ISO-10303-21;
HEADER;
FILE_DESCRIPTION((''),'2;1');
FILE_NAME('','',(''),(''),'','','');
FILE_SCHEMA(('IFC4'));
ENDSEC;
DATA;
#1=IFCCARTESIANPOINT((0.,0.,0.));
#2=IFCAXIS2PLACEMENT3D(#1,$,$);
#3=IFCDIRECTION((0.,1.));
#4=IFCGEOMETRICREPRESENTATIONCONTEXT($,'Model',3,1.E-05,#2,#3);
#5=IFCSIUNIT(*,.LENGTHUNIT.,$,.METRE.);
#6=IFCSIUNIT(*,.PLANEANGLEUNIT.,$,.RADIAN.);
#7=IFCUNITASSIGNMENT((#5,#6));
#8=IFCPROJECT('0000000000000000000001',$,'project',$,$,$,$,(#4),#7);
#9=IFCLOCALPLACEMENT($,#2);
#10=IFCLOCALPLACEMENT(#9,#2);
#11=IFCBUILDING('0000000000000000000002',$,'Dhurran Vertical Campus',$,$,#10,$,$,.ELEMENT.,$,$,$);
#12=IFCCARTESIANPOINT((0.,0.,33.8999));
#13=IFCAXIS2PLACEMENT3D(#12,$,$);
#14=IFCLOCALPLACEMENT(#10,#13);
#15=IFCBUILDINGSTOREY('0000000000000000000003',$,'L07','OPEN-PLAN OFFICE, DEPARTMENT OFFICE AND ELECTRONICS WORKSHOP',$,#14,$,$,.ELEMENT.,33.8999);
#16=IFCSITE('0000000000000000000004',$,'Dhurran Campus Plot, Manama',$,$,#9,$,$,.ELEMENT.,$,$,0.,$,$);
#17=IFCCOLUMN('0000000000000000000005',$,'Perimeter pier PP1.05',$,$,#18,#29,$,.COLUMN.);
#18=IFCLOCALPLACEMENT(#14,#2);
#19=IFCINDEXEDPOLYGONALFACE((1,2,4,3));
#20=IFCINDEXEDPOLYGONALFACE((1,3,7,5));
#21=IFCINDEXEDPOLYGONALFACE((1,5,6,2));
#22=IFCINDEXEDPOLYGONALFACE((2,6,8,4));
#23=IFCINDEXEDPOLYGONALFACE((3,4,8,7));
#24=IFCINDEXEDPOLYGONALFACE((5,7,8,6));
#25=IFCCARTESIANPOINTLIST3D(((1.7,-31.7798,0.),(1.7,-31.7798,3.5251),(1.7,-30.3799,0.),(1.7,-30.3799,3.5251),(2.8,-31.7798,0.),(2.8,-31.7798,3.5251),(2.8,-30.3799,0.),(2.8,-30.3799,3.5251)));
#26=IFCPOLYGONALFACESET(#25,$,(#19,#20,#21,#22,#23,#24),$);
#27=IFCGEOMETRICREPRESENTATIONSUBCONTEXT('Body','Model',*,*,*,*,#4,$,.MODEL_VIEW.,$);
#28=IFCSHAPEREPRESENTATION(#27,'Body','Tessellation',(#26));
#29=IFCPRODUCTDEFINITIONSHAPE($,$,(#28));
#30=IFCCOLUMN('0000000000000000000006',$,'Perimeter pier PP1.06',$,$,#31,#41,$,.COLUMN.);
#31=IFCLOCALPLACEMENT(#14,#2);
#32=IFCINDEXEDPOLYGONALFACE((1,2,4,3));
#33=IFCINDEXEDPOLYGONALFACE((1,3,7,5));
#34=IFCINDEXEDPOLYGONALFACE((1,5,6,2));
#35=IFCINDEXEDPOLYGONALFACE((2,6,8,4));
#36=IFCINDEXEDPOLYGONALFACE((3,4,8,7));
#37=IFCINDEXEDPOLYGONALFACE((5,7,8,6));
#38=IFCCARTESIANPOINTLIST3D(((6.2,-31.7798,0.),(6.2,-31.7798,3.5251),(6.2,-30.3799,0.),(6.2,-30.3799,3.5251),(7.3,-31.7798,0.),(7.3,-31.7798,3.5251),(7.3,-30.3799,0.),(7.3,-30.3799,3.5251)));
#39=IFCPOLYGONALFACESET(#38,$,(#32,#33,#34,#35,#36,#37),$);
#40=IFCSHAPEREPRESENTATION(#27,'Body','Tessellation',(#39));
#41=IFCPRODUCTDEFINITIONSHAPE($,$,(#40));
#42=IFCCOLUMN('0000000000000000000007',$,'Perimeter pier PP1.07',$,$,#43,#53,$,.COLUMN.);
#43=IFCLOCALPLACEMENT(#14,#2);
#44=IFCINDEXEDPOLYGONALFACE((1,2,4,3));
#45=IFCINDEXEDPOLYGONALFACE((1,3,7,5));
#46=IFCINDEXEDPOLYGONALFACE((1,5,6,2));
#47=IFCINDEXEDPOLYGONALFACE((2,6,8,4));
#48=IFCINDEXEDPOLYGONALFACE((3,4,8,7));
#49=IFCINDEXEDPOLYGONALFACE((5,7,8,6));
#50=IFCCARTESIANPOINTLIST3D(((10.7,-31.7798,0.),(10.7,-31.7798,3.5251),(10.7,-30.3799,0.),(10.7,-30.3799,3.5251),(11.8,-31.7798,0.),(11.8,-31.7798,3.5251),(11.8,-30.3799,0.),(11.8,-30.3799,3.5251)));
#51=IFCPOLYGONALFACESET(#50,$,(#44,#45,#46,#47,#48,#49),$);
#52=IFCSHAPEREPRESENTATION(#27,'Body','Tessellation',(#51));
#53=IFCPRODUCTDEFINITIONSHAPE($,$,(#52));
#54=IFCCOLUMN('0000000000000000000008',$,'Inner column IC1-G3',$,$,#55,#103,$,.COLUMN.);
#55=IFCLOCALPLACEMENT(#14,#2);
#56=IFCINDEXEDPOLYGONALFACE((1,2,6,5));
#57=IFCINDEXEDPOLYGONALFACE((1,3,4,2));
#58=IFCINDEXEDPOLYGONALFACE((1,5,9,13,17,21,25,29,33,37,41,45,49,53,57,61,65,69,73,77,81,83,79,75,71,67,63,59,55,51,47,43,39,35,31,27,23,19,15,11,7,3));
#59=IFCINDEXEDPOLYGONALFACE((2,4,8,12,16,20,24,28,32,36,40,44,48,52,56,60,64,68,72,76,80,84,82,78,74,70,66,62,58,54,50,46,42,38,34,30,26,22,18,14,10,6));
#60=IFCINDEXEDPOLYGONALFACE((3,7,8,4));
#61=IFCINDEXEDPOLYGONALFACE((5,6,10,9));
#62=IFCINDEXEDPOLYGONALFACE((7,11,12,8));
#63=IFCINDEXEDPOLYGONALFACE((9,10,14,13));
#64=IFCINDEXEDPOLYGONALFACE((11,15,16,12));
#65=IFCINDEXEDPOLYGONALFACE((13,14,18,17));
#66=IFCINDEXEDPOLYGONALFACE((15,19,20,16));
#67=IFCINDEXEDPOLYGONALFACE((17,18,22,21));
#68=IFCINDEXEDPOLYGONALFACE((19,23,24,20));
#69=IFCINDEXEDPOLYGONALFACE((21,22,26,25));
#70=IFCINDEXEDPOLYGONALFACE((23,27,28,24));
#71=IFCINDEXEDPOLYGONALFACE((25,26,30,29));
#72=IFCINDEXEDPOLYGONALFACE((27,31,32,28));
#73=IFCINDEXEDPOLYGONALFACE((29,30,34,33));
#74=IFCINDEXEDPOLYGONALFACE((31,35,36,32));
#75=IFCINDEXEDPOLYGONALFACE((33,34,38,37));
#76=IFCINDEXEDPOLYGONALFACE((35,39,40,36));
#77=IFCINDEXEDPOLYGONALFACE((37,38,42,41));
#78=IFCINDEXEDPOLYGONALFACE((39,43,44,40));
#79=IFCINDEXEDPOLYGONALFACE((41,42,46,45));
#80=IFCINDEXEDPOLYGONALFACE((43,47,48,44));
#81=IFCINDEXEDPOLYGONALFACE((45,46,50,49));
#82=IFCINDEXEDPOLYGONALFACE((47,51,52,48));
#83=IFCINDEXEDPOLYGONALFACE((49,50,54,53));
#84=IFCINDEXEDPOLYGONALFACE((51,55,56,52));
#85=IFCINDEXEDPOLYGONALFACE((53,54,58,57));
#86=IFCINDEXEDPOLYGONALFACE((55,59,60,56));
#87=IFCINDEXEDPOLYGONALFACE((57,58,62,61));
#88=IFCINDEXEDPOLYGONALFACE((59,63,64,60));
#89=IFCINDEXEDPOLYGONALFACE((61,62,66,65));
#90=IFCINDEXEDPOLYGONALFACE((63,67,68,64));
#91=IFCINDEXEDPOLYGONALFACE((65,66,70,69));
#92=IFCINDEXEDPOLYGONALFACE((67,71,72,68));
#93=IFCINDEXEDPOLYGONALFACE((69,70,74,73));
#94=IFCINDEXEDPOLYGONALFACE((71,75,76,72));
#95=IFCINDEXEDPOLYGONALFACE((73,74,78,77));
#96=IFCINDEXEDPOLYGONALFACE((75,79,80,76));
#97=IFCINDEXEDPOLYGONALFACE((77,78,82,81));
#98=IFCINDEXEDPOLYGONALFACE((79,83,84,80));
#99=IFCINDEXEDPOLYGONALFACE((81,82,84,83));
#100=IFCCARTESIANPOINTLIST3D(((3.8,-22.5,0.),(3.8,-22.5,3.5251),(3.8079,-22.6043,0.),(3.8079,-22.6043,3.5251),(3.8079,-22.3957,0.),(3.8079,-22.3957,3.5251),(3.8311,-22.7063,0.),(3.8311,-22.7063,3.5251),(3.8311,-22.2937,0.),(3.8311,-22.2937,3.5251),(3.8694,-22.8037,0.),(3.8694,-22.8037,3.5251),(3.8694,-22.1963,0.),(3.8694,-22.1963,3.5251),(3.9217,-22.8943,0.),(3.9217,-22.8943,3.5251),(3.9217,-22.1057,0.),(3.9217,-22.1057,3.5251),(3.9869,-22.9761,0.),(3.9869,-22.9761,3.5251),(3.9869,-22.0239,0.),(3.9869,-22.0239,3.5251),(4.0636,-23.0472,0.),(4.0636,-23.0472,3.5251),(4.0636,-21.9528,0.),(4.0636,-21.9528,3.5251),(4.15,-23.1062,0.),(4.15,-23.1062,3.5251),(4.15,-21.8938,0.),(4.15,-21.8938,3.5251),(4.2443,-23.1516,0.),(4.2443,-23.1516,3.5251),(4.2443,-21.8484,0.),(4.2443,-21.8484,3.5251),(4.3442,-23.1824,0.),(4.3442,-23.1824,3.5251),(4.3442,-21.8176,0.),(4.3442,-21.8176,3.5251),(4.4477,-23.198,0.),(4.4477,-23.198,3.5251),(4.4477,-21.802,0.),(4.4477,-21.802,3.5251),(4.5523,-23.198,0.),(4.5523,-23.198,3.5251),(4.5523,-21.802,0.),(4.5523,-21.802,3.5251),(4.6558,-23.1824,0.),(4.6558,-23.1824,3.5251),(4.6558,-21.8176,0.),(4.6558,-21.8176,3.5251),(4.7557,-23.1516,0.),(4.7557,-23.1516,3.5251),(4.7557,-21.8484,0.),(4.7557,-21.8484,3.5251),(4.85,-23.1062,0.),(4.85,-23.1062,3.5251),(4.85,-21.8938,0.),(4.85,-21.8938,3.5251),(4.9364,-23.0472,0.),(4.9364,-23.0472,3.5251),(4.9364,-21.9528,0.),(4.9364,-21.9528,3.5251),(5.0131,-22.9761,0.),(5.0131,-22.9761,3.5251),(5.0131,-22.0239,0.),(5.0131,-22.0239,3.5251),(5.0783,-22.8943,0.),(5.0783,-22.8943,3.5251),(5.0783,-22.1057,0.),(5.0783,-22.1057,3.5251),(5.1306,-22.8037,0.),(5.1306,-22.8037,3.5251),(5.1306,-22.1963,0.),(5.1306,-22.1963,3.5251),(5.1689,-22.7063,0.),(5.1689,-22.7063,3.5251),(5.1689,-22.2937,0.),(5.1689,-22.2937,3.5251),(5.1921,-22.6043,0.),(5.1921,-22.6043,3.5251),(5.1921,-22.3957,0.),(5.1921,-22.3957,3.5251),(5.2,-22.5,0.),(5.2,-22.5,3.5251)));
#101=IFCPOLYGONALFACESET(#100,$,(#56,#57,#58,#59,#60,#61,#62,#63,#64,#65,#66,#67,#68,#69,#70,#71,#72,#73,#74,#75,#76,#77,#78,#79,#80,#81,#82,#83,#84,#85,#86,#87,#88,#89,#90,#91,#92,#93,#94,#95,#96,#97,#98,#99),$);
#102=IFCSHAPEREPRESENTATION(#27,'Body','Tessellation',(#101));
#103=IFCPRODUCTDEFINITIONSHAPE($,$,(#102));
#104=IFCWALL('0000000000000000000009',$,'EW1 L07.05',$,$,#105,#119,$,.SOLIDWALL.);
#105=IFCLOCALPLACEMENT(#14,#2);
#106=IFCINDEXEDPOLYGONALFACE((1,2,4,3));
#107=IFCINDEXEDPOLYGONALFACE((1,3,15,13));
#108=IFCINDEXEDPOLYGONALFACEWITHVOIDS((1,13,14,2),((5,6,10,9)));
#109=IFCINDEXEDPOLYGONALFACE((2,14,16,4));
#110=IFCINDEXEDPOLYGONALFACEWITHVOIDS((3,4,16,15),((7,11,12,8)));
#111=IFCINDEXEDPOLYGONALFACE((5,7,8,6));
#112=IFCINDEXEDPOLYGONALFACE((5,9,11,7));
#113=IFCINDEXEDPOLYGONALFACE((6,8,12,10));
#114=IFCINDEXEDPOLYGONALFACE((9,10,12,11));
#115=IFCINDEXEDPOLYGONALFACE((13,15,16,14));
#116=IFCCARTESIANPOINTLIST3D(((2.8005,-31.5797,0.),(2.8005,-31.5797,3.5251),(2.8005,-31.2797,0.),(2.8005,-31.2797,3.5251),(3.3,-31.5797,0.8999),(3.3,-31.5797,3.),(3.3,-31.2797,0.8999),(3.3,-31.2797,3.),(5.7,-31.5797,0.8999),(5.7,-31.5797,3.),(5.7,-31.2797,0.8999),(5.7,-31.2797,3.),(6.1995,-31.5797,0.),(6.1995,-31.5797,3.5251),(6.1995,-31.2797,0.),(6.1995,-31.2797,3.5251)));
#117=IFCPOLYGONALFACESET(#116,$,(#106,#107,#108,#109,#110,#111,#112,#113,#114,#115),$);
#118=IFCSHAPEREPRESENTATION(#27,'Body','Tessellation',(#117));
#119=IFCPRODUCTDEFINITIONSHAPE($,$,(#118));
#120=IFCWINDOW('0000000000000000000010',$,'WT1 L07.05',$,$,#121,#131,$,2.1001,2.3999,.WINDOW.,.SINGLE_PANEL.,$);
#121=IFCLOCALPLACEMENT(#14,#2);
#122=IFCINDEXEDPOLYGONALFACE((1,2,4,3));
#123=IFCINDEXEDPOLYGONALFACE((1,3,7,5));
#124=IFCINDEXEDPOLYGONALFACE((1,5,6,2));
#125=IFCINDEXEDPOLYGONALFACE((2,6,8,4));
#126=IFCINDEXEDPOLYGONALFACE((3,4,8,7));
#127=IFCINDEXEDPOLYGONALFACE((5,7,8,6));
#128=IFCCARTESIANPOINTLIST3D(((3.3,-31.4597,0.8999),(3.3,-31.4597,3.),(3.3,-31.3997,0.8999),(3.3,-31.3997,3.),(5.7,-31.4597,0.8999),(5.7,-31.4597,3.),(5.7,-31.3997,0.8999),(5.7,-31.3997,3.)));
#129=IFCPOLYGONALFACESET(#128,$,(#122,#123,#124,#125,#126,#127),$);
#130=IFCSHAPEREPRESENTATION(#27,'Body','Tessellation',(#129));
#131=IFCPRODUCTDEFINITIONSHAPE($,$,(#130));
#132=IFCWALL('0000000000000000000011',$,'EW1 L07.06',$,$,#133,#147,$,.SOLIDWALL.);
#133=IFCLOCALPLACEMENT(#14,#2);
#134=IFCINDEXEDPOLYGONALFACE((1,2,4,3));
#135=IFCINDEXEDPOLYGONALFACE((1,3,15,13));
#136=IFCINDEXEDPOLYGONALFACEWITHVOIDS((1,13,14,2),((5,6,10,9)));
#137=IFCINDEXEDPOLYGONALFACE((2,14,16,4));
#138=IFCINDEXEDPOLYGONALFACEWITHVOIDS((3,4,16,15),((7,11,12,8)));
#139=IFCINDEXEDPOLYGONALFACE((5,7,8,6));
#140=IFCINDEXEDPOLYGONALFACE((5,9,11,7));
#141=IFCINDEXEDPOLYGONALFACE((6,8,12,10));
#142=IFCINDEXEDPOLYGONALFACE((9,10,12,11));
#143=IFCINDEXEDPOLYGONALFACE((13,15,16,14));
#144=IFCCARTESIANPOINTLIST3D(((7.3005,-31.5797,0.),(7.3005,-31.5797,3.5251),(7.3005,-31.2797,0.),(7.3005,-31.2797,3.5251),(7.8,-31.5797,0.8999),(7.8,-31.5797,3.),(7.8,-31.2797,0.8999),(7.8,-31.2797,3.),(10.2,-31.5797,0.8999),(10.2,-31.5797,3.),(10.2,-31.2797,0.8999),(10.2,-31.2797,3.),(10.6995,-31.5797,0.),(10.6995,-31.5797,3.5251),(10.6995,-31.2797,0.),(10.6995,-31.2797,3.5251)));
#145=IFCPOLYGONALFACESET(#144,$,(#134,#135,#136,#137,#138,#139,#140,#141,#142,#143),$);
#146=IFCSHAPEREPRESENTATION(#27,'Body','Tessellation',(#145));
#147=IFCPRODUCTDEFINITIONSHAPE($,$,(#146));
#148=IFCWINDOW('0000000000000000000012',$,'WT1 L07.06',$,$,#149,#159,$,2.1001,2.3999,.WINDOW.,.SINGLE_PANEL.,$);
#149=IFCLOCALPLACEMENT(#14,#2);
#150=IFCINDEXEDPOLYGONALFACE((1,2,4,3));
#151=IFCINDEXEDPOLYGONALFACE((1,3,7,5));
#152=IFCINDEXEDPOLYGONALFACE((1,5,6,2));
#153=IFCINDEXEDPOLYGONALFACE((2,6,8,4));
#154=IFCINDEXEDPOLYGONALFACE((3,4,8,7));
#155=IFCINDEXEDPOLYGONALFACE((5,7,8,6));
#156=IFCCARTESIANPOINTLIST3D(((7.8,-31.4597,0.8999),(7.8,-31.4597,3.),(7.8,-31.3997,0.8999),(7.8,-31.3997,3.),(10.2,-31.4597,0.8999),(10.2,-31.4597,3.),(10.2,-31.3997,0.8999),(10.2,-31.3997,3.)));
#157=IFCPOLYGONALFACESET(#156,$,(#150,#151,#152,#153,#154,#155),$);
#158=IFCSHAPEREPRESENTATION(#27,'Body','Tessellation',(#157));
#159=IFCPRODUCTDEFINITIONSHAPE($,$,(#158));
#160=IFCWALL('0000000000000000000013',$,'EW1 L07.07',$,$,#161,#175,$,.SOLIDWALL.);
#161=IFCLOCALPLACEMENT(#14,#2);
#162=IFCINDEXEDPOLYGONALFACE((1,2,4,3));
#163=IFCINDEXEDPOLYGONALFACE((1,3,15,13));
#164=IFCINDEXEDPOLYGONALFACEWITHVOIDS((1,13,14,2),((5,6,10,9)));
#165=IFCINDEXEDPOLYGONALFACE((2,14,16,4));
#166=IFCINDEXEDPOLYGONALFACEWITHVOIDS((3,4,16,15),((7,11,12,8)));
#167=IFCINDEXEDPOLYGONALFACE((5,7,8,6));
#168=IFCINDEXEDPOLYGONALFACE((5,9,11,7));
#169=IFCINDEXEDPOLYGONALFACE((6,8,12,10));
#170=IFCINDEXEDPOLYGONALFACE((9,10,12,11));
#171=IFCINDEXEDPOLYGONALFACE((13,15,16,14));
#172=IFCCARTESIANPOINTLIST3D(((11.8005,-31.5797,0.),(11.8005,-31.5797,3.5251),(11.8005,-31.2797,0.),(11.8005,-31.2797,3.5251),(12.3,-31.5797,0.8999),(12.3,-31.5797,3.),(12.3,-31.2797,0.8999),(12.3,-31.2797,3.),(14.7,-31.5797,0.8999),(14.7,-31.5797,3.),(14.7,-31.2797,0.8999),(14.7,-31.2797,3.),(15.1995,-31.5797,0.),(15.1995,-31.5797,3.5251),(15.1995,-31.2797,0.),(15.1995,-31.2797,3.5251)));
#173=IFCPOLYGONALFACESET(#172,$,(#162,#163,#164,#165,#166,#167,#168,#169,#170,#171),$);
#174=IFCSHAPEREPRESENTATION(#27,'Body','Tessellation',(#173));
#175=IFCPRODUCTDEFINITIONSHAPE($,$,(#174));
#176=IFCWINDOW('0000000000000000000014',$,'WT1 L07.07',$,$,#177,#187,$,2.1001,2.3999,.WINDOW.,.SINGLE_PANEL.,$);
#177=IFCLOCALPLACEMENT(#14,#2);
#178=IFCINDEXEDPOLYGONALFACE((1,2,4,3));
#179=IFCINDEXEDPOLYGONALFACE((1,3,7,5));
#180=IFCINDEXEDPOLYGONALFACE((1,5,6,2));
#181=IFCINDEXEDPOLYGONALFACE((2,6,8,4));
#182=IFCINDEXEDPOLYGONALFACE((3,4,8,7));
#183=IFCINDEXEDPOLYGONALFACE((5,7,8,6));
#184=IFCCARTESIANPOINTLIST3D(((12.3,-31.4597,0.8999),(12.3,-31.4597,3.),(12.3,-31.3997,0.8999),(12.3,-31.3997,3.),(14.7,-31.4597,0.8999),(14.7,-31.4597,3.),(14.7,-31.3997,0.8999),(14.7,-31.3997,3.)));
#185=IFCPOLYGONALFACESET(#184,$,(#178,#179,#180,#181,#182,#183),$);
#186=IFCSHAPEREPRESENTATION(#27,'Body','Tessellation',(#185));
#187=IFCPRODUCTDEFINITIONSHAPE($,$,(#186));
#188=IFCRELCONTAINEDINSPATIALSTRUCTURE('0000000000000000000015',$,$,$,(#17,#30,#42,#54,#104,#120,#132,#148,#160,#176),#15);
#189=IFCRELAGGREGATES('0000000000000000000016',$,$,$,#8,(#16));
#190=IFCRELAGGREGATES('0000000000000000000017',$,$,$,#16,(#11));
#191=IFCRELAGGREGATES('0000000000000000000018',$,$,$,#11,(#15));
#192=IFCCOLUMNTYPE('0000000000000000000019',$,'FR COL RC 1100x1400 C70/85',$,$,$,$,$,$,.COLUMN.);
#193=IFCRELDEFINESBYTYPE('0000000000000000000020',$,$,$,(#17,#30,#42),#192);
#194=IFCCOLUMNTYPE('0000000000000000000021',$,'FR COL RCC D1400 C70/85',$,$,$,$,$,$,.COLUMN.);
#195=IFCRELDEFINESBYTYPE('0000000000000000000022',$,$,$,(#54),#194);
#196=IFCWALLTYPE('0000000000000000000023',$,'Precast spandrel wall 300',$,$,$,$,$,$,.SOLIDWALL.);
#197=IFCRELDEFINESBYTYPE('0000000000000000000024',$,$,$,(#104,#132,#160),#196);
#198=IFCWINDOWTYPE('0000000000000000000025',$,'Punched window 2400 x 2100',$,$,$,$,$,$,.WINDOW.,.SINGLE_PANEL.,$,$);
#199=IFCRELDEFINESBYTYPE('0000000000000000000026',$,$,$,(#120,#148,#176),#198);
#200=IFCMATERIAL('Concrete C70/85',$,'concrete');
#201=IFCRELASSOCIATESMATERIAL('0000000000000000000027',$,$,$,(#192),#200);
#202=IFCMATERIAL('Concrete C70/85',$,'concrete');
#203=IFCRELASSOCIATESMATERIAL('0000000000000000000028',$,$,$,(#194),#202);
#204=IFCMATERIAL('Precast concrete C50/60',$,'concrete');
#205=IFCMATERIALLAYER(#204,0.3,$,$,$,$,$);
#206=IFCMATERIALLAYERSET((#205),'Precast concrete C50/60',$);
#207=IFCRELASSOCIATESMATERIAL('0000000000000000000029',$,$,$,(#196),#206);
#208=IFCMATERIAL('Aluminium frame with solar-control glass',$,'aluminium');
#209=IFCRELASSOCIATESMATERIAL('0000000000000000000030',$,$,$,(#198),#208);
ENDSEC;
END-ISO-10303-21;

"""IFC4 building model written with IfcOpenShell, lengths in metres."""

from ifc_helpers import new_model, si_unit, direction, frame, frame_2d, origin, origin_2d, place, context, subcontext, project, spatial, rectangle, circle, extrude, material, layer, layer_set, material_profile, profile_set, type_object, element, fill, save


model = new_model("IFC4")

# Units and contexts
model_context = context("Model", 3, precision=1e-05, world=origin(), true_north=direction((0.0, 1.0)))
body_context = subcontext(model_context, "Body", "Model", "MODEL_VIEW")
ifc_project = project(units=[si_unit("LENGTHUNIT", "METRE"), si_unit("PLANEANGLEUNIT", "RADIAN")], contexts=[model_context])

# Site, building, storey
site_placement = place(None, origin())
site = spatial("IfcSite", under=ifc_project, at=site_placement, Name="Dhurran Campus Plot, Manama", CompositionType="ELEMENT", RefElevation=0.0)
building_placement = place(site_placement, origin())
building = spatial("IfcBuilding", under=site, at=building_placement, Name="Dhurran Vertical Campus", CompositionType="ELEMENT")
storey_placement = place(building_placement, frame((0.0, 0.0, 33.8999)))
storey = spatial("IfcBuildingStorey", under=building, at=storey_placement, Name="L07", Description="OPEN-PLAN OFFICE, DEPARTMENT OFFICE AND ELECTRONICS WORKSHOP", CompositionType="ELEMENT", Elevation=33.8999)

# Columns
ifc_material_1 = material(Name="Concrete C70/85", Category="concrete")
ifc_material_profile_1 = material_profile(ifc_material_1, rectangle(XDim=1.1001, YDim=1.3999, at=origin_2d()), Name="RC 1100x1400")
ifc_profile_set_1 = profile_set([ifc_material_profile_1], Name="Concrete C70/85")
column_type_1 = type_object("IfcColumnType", Name="FR COL RC 1100x1400 C70/85", PredefinedType="COLUMN", material=ifc_profile_set_1)
for number, where, z_axis, x_axis, name in (
    (1, (2.25, -31.0798, 0.0), (0.0, 0.0, 1.0), (1.0, 0.0, 0.0), "Perimeter pier PP1.05"),
    (2, (6.75, -31.0798, 0.0), (0.0, 0.0, 1.0), (1.0, 0.0, 0.0), "Perimeter pier PP1.06"),
    (3, (11.25, -31.0798, 0.0), (0.0, 0.0, 1.0), (1.0, 0.0, 0.0), "Perimeter pier PP1.07"),
):
    element("IfcColumn", number, at=place(storey_placement, frame(where, z_axis=z_axis, x_axis=x_axis)), inside=storey, type_object=column_type_1, Name=name, PredefinedType="COLUMN", context=body_context, shape_type="SweptSolid", body=[
        extrude(rectangle(XDim=1.1001, YDim=1.3999, at=origin_2d()), origin(), (0.0, 0.0, 1.0), 3.5251),
    ])
ifc_material_2 = material(Name="Concrete C70/85", Category="concrete")
ifc_material_profile_2 = material_profile(ifc_material_2, circle(Radius=0.7, at=origin_2d()), Name="RCC D1400")
ifc_profile_set_2 = profile_set([ifc_material_profile_2], Name="Concrete C70/85")
column_type_2 = type_object("IfcColumnType", Name="FR COL RCC D1400 C70/85", PredefinedType="COLUMN", material=ifc_profile_set_2)
column_placement = place(storey_placement, frame((4.5, -22.5, 0.0), z_axis=(0.0, 0.0, 1.0), x_axis=(1.0, 0.0, 0.0)))
element("IfcColumn", 4, at=column_placement, inside=storey, type_object=column_type_2, Name="Inner column IC1-G3", PredefinedType="COLUMN", context=body_context, shape_type="SweptSolid", body=[
    extrude(circle(Radius=0.7, at=origin_2d()), origin(), (0.0, 0.0, 1.0), 3.5251),
])

# Walls, openings, windows
ifc_material_3 = material(Name="Precast concrete C50/60", Category="concrete")
ifc_layer_1 = layer(ifc_material_3, 0.3)
ifc_layer_set_1 = layer_set([ifc_layer_1], Name="Precast concrete C50/60")
wall_type_1 = type_object("IfcWallType", Name="Precast spandrel wall 300", PredefinedType="SOLIDWALL", material=ifc_layer_set_1)
wall_1_placement = place(storey_placement, frame((2.8005, -31.4297, 0.0), z_axis=(0.0, 0.0, 1.0), x_axis=(1.0, 0.0, 0.0)))
wall_1 = element("IfcWall", 5, at=wall_1_placement, inside=storey, type_object=wall_type_1, Name="EW1 L07.05", PredefinedType="SOLIDWALL", context=body_context, shape_type="SweptSolid", body=[
    extrude(rectangle(XDim=3.3989, YDim=0.3, at=frame_2d((1.6995, 0.0))), origin(), (0.0, 0.0, 1.0), 3.5251),
])
opening_1_placement = place(wall_1_placement, frame((0.4995, 0.0, 0.8999)))
opening_1 = element("IfcOpeningElement", 6, at=opening_1_placement, cuts=wall_1, PredefinedType="OPENING", context=body_context, shape_type="SweptSolid", body=[
    extrude(rectangle(XDim=2.3999, YDim=2.1001, at=frame_2d((1.2, 1.05))), frame((0.0, 0.1599, 0.0), z_axis=(0.0, -1.0, 0.0), x_axis=(1.0, 0.0, 0.0)), (0.0, 0.0, 1.0), 0.3201),
])
ifc_material_4 = material(Name="Aluminium frame with solar-control glass", Category="aluminium")
window_type = type_object("IfcWindowType", Name="Punched window 2400 x 2100", PartitioningType="SINGLE_PANEL", PredefinedType="WINDOW", material=ifc_material_4)
window_1_placement = place(opening_1_placement, origin())
window_1 = element("IfcWindow", 7, at=window_1_placement, inside=storey, type_object=window_type, Name="WT1 L07.05", OverallHeight=2.1001, OverallWidth=2.3999, PartitioningType="SINGLE_PANEL", PredefinedType="WINDOW", context=body_context, shape_type="SweptSolid", body=[
    extrude(rectangle(XDim=2.3999, YDim=2.1001, at=frame_2d((1.2, 1.05))), frame((0.0, 0.03, 0.0), z_axis=(0.0, -1.0, 0.0), x_axis=(1.0, 0.0, 0.0)), (0.0, 0.0, 1.0), 0.0601),
])
fill(opening_1, window_1)
wall_2_placement = place(storey_placement, frame((7.3005, -31.4297, 0.0), z_axis=(0.0, 0.0, 1.0), x_axis=(1.0, 0.0, 0.0)))
wall_2 = element("IfcWall", 8, at=wall_2_placement, inside=storey, type_object=wall_type_1, Name="EW1 L07.06", PredefinedType="SOLIDWALL", context=body_context, shape_type="SweptSolid", body=[
    extrude(rectangle(XDim=3.3989, YDim=0.3, at=frame_2d((1.6995, 0.0))), origin(), (0.0, 0.0, 1.0), 3.5251),
])
opening_2_placement = place(wall_2_placement, frame((0.4995, 0.0, 0.8999)))
opening_2 = element("IfcOpeningElement", 9, at=opening_2_placement, cuts=wall_2, PredefinedType="OPENING", context=body_context, shape_type="SweptSolid", body=[
    extrude(rectangle(XDim=2.3999, YDim=2.1001, at=frame_2d((1.2, 1.05))), frame((0.0, 0.1599, 0.0), z_axis=(0.0, -1.0, 0.0), x_axis=(1.0, 0.0, 0.0)), (0.0, 0.0, 1.0), 0.3201),
])
window_2_placement = place(opening_2_placement, origin())
window_2 = element("IfcWindow", 10, at=window_2_placement, inside=storey, type_object=window_type, Name="WT1 L07.06", OverallHeight=2.1001, OverallWidth=2.3999, PartitioningType="SINGLE_PANEL", PredefinedType="WINDOW", context=body_context, shape_type="SweptSolid", body=[
    extrude(rectangle(XDim=2.3999, YDim=2.1001, at=frame_2d((1.2, 1.05))), frame((0.0, 0.03, 0.0), z_axis=(0.0, -1.0, 0.0), x_axis=(1.0, 0.0, 0.0)), (0.0, 0.0, 1.0), 0.0601),
])
fill(opening_2, window_2)
wall_3_placement = place(storey_placement, frame((11.8005, -31.4297, 0.0), z_axis=(0.0, 0.0, 1.0), x_axis=(1.0, 0.0, 0.0)))
wall_3 = element("IfcWall", 11, at=wall_3_placement, inside=storey, type_object=wall_type_1, Name="EW1 L07.07", PredefinedType="SOLIDWALL", context=body_context, shape_type="SweptSolid", body=[
    extrude(rectangle(XDim=3.3989, YDim=0.3, at=frame_2d((1.6995, 0.0))), origin(), (0.0, 0.0, 1.0), 3.5251),
])
opening_3_placement = place(wall_3_placement, frame((0.4995, 0.0, 0.8999)))
opening_3 = element("IfcOpeningElement", 12, at=opening_3_placement, cuts=wall_3, PredefinedType="OPENING", context=body_context, shape_type="SweptSolid", body=[
    extrude(rectangle(XDim=2.3999, YDim=2.1001, at=frame_2d((1.2, 1.05))), frame((0.0, 0.1599, 0.0), z_axis=(0.0, -1.0, 0.0), x_axis=(1.0, 0.0, 0.0)), (0.0, 0.0, 1.0), 0.3201),
])
window_3_placement = place(opening_3_placement, origin())
window_3 = element("IfcWindow", 13, at=window_3_placement, inside=storey, type_object=window_type, Name="WT1 L07.07", OverallHeight=2.1001, OverallWidth=2.3999, PartitioningType="SINGLE_PANEL", PredefinedType="WINDOW", context=body_context, shape_type="SweptSolid", body=[
    extrude(rectangle(XDim=2.3999, YDim=2.1001, at=frame_2d((1.2, 1.05))), frame((0.0, 0.03, 0.0), z_axis=(0.0, -1.0, 0.0), x_axis=(1.0, 0.0, 0.0)), (0.0, 0.0, 1.0), 0.0601),
])
fill(opening_3, window_3)

save(model, "model.ifc")
